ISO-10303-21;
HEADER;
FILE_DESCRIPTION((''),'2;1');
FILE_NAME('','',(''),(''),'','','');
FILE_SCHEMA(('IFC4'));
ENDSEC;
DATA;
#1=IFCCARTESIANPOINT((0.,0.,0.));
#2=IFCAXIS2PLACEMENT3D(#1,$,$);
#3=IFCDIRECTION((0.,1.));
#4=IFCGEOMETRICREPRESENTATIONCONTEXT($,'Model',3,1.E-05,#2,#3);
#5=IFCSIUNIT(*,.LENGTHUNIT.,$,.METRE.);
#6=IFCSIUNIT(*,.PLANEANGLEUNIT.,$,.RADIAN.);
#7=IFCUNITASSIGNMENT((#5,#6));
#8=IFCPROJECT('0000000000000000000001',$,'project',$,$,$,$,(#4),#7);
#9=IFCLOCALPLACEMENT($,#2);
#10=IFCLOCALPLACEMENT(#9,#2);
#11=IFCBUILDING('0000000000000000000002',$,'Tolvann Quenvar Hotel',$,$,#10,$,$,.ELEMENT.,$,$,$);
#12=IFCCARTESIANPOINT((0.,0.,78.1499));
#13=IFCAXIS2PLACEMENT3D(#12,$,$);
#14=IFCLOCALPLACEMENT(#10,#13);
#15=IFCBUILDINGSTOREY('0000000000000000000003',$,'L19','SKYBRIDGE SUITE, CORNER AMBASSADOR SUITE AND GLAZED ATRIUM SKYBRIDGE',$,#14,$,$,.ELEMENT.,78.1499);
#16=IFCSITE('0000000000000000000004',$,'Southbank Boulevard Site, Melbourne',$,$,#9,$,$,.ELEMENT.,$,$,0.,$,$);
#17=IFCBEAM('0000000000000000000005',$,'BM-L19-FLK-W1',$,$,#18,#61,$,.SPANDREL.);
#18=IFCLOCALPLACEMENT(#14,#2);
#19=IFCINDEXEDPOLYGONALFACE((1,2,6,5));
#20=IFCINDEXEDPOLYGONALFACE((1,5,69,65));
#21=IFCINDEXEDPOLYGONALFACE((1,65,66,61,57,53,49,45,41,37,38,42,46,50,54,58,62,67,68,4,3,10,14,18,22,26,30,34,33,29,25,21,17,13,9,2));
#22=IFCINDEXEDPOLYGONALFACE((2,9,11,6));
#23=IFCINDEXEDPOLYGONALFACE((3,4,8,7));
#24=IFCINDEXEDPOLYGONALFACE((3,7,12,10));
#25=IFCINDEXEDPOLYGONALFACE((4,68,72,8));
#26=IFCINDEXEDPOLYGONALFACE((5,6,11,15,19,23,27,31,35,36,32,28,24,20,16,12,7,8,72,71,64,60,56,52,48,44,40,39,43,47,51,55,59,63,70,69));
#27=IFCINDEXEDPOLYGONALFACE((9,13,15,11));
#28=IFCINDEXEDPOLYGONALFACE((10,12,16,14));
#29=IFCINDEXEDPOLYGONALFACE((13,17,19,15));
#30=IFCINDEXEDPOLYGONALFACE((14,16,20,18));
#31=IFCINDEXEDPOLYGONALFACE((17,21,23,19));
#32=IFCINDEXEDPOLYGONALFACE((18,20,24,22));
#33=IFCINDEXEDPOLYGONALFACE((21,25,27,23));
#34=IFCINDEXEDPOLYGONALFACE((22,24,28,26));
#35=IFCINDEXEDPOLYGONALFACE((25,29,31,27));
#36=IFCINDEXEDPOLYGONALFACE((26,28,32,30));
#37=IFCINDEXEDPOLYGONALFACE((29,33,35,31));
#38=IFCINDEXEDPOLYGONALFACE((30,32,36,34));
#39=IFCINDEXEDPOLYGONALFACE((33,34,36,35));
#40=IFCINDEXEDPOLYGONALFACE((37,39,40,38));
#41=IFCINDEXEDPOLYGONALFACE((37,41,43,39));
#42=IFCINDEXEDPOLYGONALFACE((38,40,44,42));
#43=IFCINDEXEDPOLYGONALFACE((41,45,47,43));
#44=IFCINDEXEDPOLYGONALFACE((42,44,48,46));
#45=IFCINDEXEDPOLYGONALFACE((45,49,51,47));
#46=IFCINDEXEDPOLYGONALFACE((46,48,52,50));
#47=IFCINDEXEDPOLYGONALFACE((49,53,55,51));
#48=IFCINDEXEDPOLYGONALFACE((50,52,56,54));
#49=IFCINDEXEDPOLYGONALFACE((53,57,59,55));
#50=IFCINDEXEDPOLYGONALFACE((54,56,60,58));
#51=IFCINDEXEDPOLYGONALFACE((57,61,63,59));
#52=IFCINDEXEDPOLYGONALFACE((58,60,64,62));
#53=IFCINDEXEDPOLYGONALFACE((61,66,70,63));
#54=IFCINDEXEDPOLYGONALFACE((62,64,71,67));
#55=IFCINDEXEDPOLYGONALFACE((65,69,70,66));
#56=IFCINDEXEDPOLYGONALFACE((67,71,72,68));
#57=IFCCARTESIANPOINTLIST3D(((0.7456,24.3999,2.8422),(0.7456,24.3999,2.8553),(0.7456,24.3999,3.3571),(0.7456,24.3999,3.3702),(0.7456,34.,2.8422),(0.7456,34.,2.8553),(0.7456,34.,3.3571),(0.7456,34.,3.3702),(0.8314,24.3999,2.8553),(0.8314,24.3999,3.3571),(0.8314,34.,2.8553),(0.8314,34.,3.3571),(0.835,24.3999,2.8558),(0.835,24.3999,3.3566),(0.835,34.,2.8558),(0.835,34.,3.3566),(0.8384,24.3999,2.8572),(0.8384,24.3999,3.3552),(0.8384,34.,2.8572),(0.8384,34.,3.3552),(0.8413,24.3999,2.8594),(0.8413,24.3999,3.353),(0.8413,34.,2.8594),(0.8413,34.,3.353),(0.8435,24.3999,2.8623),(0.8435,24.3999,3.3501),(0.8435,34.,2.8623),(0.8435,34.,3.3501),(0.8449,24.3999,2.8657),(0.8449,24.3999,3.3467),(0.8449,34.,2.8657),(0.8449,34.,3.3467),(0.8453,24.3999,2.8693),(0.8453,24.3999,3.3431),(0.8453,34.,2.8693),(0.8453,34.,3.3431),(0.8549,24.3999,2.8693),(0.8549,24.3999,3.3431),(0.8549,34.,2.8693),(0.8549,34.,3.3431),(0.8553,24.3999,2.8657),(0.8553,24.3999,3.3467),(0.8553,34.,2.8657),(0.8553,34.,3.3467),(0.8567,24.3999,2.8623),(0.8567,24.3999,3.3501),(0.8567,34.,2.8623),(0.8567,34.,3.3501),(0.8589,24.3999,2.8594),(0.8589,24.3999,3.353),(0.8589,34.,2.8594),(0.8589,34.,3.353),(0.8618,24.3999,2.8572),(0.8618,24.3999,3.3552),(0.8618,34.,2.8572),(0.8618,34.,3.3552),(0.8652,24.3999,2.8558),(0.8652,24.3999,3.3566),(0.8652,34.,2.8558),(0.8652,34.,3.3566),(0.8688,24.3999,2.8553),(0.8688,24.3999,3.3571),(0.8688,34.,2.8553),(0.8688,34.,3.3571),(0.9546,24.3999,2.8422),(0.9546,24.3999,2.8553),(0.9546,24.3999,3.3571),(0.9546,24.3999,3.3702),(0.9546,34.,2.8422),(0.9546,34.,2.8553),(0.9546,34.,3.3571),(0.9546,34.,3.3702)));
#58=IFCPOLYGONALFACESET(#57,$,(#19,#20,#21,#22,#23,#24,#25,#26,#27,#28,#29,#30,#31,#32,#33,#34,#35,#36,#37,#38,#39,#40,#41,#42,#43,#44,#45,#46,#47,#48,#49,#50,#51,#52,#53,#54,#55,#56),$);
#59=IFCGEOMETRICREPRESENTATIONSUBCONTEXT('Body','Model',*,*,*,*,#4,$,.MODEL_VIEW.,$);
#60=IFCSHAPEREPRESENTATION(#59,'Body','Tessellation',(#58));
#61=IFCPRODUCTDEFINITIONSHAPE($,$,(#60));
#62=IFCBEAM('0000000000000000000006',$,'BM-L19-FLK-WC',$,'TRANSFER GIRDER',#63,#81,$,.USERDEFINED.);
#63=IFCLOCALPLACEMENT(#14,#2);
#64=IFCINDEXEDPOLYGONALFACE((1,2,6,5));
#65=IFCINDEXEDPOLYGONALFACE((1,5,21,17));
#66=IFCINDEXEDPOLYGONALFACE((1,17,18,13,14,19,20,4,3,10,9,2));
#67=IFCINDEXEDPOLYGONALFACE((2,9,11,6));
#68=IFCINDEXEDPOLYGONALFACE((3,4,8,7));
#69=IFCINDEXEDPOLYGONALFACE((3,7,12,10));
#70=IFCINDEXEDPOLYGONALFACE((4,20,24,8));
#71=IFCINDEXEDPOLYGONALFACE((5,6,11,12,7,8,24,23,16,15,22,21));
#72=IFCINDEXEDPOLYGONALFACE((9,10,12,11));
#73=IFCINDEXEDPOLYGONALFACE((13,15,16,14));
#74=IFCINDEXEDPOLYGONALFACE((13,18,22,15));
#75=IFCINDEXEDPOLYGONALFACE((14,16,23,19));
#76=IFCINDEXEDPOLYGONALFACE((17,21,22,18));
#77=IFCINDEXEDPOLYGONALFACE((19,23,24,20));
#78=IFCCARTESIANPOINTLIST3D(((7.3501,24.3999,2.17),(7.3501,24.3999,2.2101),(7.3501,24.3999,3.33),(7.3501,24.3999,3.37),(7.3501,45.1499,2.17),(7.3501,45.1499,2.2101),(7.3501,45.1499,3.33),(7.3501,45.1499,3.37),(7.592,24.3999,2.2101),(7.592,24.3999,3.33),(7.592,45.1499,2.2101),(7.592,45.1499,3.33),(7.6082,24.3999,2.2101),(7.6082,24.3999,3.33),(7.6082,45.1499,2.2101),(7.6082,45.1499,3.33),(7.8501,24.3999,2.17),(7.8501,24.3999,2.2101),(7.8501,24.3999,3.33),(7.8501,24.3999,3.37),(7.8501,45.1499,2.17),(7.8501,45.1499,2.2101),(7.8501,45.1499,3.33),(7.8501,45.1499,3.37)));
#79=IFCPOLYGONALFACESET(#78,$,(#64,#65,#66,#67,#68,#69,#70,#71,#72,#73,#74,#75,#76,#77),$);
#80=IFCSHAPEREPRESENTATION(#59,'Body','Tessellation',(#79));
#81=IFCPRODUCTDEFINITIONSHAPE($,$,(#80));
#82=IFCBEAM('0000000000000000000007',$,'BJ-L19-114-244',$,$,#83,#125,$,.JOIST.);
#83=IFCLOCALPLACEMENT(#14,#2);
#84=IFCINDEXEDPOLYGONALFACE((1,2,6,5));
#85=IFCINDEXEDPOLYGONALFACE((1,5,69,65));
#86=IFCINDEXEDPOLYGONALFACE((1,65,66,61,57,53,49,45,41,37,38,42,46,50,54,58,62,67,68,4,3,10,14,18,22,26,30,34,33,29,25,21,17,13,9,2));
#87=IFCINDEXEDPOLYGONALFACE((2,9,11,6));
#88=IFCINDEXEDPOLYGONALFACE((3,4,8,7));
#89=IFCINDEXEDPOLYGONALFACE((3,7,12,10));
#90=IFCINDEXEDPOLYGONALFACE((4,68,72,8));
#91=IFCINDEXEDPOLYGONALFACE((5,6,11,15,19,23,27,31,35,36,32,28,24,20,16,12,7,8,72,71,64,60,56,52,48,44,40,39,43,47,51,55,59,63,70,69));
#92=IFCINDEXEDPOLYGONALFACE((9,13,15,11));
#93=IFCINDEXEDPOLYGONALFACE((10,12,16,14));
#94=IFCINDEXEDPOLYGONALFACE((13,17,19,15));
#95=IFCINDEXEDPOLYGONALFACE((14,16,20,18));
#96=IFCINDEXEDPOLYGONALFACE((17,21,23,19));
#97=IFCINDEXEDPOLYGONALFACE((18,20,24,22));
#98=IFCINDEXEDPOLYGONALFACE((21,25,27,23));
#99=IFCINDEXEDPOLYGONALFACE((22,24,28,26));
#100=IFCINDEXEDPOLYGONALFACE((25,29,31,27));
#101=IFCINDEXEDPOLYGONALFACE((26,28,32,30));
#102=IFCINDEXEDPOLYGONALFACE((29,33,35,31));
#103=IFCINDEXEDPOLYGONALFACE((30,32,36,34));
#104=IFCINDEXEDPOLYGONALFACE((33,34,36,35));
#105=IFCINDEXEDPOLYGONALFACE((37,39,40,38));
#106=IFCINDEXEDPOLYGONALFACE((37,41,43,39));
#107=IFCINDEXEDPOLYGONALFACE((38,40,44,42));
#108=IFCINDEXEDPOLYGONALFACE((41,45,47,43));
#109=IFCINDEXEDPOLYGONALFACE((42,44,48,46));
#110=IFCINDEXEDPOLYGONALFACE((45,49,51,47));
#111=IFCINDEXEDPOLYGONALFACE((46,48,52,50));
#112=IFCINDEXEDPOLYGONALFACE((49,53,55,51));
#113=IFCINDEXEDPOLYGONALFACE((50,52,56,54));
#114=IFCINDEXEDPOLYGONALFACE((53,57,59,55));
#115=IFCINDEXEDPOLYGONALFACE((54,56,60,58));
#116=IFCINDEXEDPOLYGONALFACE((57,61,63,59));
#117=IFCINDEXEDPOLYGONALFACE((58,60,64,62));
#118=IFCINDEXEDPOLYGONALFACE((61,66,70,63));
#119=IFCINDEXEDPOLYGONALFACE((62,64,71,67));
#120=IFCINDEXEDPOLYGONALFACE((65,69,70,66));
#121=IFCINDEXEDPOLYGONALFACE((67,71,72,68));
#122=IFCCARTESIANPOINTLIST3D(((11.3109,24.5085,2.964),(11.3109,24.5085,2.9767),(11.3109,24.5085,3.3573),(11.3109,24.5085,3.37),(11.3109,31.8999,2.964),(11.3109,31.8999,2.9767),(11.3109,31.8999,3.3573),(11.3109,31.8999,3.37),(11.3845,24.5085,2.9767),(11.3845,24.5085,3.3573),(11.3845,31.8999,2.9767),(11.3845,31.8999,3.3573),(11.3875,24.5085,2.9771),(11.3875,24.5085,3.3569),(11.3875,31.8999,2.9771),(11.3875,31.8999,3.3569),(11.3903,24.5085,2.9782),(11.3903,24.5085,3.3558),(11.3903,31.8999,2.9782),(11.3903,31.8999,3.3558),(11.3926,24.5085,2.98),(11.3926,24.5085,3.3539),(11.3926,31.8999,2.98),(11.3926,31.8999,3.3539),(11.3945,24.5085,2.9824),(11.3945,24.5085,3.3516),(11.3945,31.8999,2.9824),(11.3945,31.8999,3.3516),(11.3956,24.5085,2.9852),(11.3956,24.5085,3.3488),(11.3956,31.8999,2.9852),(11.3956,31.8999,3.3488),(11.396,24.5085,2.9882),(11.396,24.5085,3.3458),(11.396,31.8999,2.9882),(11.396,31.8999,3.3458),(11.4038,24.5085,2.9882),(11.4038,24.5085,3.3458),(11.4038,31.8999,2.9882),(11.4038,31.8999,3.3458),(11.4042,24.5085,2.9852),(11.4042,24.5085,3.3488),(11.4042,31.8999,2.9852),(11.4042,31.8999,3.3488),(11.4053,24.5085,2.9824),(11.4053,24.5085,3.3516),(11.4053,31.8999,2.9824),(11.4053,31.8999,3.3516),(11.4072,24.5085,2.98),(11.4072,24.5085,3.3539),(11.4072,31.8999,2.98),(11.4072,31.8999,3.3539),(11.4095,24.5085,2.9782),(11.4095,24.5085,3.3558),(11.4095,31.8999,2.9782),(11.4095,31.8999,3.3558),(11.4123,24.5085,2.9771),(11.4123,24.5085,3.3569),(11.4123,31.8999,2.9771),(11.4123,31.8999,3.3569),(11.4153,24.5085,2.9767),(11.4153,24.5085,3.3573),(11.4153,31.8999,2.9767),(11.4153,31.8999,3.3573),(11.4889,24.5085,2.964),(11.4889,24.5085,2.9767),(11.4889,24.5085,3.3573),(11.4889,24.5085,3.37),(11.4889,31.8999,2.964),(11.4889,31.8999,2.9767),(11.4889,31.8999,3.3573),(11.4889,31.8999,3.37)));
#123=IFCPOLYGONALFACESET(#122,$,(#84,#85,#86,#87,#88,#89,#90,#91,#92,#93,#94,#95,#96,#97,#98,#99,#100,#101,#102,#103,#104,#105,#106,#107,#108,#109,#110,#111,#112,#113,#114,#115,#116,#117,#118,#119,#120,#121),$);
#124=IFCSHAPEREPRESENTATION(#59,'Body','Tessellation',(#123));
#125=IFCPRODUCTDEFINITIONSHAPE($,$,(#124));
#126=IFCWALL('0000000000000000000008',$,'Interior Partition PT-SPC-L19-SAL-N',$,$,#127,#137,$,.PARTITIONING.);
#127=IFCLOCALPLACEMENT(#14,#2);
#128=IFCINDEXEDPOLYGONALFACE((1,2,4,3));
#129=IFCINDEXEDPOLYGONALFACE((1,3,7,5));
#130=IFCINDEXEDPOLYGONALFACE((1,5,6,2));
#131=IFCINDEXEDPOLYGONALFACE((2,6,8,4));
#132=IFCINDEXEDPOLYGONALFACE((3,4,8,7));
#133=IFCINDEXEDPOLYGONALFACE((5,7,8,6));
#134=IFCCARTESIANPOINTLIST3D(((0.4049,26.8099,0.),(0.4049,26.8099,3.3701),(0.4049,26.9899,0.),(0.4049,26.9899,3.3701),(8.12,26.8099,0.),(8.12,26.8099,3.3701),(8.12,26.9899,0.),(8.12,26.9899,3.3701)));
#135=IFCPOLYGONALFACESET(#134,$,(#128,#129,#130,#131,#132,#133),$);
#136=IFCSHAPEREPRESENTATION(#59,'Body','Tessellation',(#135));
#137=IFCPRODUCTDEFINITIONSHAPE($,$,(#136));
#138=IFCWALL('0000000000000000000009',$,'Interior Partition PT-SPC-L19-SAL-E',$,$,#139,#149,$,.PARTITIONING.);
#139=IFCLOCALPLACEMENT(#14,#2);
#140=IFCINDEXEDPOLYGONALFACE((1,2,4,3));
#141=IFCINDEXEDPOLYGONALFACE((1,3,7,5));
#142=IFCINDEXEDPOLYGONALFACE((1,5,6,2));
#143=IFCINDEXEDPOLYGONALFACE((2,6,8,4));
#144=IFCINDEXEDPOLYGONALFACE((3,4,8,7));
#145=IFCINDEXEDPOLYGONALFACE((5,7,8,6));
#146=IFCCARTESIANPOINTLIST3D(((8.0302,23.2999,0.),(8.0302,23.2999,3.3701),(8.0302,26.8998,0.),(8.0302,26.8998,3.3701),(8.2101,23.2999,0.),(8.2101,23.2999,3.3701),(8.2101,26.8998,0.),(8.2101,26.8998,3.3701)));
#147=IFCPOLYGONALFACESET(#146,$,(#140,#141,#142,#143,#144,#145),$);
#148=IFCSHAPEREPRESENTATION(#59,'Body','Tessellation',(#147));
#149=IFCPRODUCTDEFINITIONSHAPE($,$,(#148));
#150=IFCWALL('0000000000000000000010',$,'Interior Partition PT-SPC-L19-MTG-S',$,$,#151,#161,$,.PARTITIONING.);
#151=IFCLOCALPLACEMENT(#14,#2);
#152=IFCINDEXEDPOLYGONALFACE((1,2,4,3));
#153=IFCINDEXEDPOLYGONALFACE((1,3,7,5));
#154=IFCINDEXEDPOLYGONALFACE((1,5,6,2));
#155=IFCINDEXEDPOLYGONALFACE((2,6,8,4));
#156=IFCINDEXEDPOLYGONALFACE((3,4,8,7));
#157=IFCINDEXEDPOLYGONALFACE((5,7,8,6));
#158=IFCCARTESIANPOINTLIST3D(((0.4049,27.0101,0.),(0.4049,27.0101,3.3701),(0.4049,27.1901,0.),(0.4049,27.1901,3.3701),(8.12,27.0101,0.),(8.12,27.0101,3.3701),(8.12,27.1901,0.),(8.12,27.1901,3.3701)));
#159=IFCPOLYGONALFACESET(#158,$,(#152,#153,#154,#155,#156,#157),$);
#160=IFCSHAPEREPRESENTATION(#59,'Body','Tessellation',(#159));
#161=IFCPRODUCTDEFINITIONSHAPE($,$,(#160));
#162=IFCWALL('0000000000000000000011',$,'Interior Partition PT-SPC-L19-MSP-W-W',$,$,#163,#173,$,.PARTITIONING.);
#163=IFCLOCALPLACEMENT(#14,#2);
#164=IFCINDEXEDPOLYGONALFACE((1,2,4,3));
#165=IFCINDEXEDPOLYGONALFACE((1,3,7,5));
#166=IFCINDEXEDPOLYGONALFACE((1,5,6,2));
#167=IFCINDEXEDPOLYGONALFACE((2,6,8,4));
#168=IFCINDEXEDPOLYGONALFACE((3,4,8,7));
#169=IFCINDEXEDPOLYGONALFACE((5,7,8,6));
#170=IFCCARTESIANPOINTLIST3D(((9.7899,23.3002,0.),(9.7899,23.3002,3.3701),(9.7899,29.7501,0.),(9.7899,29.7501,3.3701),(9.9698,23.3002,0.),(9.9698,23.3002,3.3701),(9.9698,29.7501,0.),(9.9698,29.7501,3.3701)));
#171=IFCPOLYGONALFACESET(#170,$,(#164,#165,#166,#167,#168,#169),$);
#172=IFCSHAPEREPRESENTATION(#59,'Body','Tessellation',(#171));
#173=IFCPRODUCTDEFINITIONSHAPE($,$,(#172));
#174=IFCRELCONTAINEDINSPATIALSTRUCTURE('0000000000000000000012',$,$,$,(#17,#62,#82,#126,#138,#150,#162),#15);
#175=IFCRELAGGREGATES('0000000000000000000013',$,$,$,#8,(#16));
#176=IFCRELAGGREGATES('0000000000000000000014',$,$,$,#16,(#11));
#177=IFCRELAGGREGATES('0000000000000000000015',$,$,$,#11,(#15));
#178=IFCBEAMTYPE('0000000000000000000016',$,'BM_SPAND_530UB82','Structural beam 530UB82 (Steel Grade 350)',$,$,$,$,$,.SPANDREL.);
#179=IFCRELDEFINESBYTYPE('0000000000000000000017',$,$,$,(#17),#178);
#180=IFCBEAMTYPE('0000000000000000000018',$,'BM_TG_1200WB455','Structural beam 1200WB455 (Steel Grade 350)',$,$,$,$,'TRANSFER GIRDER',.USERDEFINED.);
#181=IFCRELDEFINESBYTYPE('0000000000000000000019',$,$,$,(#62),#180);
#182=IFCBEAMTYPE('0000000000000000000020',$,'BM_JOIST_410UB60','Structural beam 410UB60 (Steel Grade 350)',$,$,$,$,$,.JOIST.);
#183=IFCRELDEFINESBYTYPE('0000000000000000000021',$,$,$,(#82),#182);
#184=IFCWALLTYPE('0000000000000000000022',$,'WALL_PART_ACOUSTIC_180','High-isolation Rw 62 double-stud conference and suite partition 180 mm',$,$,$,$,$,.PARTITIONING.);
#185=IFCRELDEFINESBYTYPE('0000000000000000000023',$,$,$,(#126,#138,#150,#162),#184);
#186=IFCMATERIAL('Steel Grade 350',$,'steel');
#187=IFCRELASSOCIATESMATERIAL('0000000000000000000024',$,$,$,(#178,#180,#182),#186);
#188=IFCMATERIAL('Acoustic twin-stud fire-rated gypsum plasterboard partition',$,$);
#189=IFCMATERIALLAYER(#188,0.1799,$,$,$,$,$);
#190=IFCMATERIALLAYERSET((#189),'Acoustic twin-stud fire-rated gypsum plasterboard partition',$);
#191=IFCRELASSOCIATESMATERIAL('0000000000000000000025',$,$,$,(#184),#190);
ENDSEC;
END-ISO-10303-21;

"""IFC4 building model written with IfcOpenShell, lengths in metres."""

from ifc_helpers import new_model, si_unit, direction, frame, frame_2d, origin, origin_2d, place, context, subcontext, project, spatial, rectangle, i_section, extrude, source, transform, mapped, material, layer, layer_set, material_profile, profile_set, type_object, type_shapes, element, save


model = new_model("IFC4")

# Units and contexts
model_context = context("Model", 3, precision=1e-05, world=origin(), true_north=direction((0.0, 1.0)))
body_context = subcontext(model_context, "Body", "Model", "MODEL_VIEW")
ifc_project = project(units=[si_unit("LENGTHUNIT", "METRE"), si_unit("PLANEANGLEUNIT", "RADIAN")], contexts=[model_context])

# Site, building, storey
site_placement = place(None, origin())
site = spatial("IfcSite", under=ifc_project, at=site_placement, Name="Southbank Boulevard Site, Melbourne", CompositionType="ELEMENT", RefElevation=0.0)
building_placement = place(site_placement, origin())
building = spatial("IfcBuilding", under=site, at=building_placement, Name="Tolvann Quenvar Hotel", CompositionType="ELEMENT")
storey_placement = place(building_placement, frame((0.0, 0.0, 78.1499)))
storey = spatial("IfcBuildingStorey", under=building, at=storey_placement, Name="L19", Description="SKYBRIDGE SUITE, CORNER AMBASSADOR SUITE AND GLAZED ATRIUM SKYBRIDGE", CompositionType="ELEMENT", Elevation=78.1499)

# Shared definitions
ifc_material_1 = material(Name="Steel Grade 350", Category="steel")

# Beams
ifc_material_profile_1 = material_profile(ifc_material_1, i_section(OverallWidth=0.209, OverallDepth=0.5281, WebThickness=0.0095, FlangeThickness=0.0132, FilletRadius=0.0139, at=origin_2d()), Name="530UB82")
ifc_profile_set_1 = profile_set([ifc_material_profile_1], Name="Steel Grade 350")
beam_type_1 = type_object("IfcBeamType", Name="BM_SPAND_530UB82", Description="Structural beam 530UB82 (Steel Grade 350)", PredefinedType="SPANDREL", material=ifc_profile_set_1)
shared_shape_1 = source(origin(), body_context, "Body", "SweptSolid", [
    extrude(i_section(OverallWidth=0.209, OverallDepth=0.5281, WebThickness=0.0095, FlangeThickness=0.0132, FilletRadius=0.0139, at=origin_2d()), origin(), (0.0, 0.0, 1.0), 9.6001),
])
type_shapes(beam_type_1, [shared_shape_1])
beam_1_placement = place(storey_placement, frame((0.8501, 24.3999, 3.1062), z_axis=(0.0, 1.0, 0.0), x_axis=(-1.0, 0.0, 0.0)))
element("IfcBeam", 1, at=beam_1_placement, inside=storey, type_object=beam_type_1, Name="BM-L19-FLK-W1", PredefinedType="SPANDREL", context=body_context, shape_type="MappedRepresentation", body=[
    mapped(shared_shape_1, transform((0.0, 0.0, 0.0), x_axis=(1.0, 0.0, 0.0), y_axis=(0.0, 1.0, 0.0), z_axis=(0.0, 0.0, 1.0), scale=1.0)),
])
ifc_material_profile_2 = material_profile(ifc_material_1, i_section(OverallWidth=0.5, OverallDepth=1.2, WebThickness=0.0161, FlangeThickness=0.04, at=origin_2d()), Name="1200WB455")
ifc_profile_set_2 = profile_set([ifc_material_profile_2], Name="Steel Grade 350")
beam_type_2 = type_object("IfcBeamType", Name="BM_TG_1200WB455", Description="Structural beam 1200WB455 (Steel Grade 350)", ElementType="TRANSFER GIRDER", PredefinedType="USERDEFINED", material=ifc_profile_set_2)
shared_shape_2 = source(origin(), body_context, "Body", "SweptSolid", [
    extrude(i_section(OverallWidth=0.5, OverallDepth=1.2, WebThickness=0.0161, FlangeThickness=0.04, at=origin_2d()), origin(), (0.0, 0.0, 1.0), 20.75),
])
type_shapes(beam_type_2, [shared_shape_2])
beam_2_placement = place(storey_placement, frame((7.6001, 24.3999, 2.77), z_axis=(0.0, 1.0, 0.0), x_axis=(-1.0, 0.0, 0.0)))
element("IfcBeam", 2, at=beam_2_placement, inside=storey, type_object=beam_type_2, Name="BM-L19-FLK-WC", ObjectType="TRANSFER GIRDER", PredefinedType="USERDEFINED", context=body_context, shape_type="MappedRepresentation", body=[
    mapped(shared_shape_2, transform((0.0, 0.0, 0.0), x_axis=(1.0, 0.0, 0.0), y_axis=(0.0, 1.0, 0.0), z_axis=(0.0, 0.0, 1.0), scale=1.0)),
])
ifc_material_profile_3 = material_profile(ifc_material_1, i_section(OverallWidth=0.178, OverallDepth=0.406, WebThickness=0.0078, FlangeThickness=0.0127, FilletRadius=0.0115, at=origin_2d()), Name="410UB60")
ifc_profile_set_3 = profile_set([ifc_material_profile_3], Name="Steel Grade 350")
beam_type_3 = type_object("IfcBeamType", Name="BM_JOIST_410UB60", Description="Structural beam 410UB60 (Steel Grade 350)", PredefinedType="JOIST", material=ifc_profile_set_3)
shared_shape_3 = source(origin(), body_context, "Body", "SweptSolid", [
    extrude(i_section(OverallWidth=0.178, OverallDepth=0.406, WebThickness=0.0078, FlangeThickness=0.0127, FilletRadius=0.0115, at=origin_2d()), origin(), (0.0, 0.0, 1.0), 7.3914),
])
type_shapes(beam_type_3, [shared_shape_3])
beam_3_placement = place(storey_placement, frame((11.3999, 24.5085, 3.167), z_axis=(0.0, 1.0, 0.0), x_axis=(-1.0, 0.0, 0.0)))
element("IfcBeam", 3, at=beam_3_placement, inside=storey, type_object=beam_type_3, Name="BJ-L19-114-244", PredefinedType="JOIST", context=body_context, shape_type="MappedRepresentation", body=[
    mapped(shared_shape_3, transform((0.0, 0.0, 0.0), x_axis=(1.0, 0.0, 0.0), y_axis=(0.0, 1.0, 0.0), z_axis=(0.0, 0.0, 1.0), scale=1.0)),
])

# Shared definitions
ifc_material_2 = material(Name="Acoustic twin-stud fire-rated gypsum plasterboard partition")
ifc_layer_1 = layer(ifc_material_2, 0.1799)
ifc_layer_set_1 = layer_set([ifc_layer_1], Name="Acoustic twin-stud fire-rated gypsum plasterboard partition")
wall_type_1 = type_object("IfcWallType", Name="WALL_PART_ACOUSTIC_180", Description="High-isolation Rw 62 double-stud conference and suite partition 180 mm", PredefinedType="PARTITIONING", material=ifc_layer_set_1)

# Walls
wall_1_placement = place(storey_placement, frame((0.405, 26.8999, 0.0), z_axis=(0.0, 0.0, 1.0), x_axis=(1.0, 0.0, 0.0)))
element("IfcWall", 4, at=wall_1_placement, inside=storey, type_object=wall_type_1, Name="Interior Partition PT-SPC-L19-SAL-N", PredefinedType="PARTITIONING", context=body_context, shape_type="SweptSolid", body=[
    extrude(rectangle(XDim=7.7151, YDim=0.1799, at=frame_2d((3.8574, 0.0))), origin(), (0.0, 0.0, 1.0), 3.3701),
])
wall_2_placement = place(storey_placement, frame((8.1201, 23.3, 0.0), z_axis=(0.0, 0.0, 1.0), x_axis=(0.0, 1.0, 0.0)))
element("IfcWall", 5, at=wall_2_placement, inside=storey, type_object=wall_type_1, Name="Interior Partition PT-SPC-L19-SAL-E", PredefinedType="PARTITIONING", context=body_context, shape_type="SweptSolid", body=[
    extrude(rectangle(XDim=3.5999, YDim=0.1799, at=frame_2d((1.7998, 0.0))), origin(), (0.0, 0.0, 1.0), 3.3701),
])
wall_3_placement = place(storey_placement, frame((0.405, 27.1001, 0.0), z_axis=(0.0, 0.0, 1.0), x_axis=(1.0, 0.0, 0.0)))
element("IfcWall", 6, at=wall_3_placement, inside=storey, type_object=wall_type_1, Name="Interior Partition PT-SPC-L19-MTG-S", PredefinedType="PARTITIONING", context=body_context, shape_type="SweptSolid", body=[
    extrude(rectangle(XDim=7.7151, YDim=0.1799, at=frame_2d((3.8574, 0.0))), origin(), (0.0, 0.0, 1.0), 3.3701),
])

# Wall
wall_4_placement = place(storey_placement, frame((9.8799, 23.3, 0.0), z_axis=(0.0, 0.0, 1.0), x_axis=(0.0, 1.0, 0.0)))
element("IfcWall", 7, at=wall_4_placement, inside=storey, type_object=wall_type_1, Name="Interior Partition PT-SPC-L19-MSP-W-W", PredefinedType="PARTITIONING", context=body_context, shape_type="SweptSolid", body=[
    extrude(rectangle(XDim=6.45, YDim=0.1799, at=frame_2d((3.2251, 0.0))), origin(), (0.0, 0.0, 1.0), 3.3701),
])

save(model, "model.ifc")
